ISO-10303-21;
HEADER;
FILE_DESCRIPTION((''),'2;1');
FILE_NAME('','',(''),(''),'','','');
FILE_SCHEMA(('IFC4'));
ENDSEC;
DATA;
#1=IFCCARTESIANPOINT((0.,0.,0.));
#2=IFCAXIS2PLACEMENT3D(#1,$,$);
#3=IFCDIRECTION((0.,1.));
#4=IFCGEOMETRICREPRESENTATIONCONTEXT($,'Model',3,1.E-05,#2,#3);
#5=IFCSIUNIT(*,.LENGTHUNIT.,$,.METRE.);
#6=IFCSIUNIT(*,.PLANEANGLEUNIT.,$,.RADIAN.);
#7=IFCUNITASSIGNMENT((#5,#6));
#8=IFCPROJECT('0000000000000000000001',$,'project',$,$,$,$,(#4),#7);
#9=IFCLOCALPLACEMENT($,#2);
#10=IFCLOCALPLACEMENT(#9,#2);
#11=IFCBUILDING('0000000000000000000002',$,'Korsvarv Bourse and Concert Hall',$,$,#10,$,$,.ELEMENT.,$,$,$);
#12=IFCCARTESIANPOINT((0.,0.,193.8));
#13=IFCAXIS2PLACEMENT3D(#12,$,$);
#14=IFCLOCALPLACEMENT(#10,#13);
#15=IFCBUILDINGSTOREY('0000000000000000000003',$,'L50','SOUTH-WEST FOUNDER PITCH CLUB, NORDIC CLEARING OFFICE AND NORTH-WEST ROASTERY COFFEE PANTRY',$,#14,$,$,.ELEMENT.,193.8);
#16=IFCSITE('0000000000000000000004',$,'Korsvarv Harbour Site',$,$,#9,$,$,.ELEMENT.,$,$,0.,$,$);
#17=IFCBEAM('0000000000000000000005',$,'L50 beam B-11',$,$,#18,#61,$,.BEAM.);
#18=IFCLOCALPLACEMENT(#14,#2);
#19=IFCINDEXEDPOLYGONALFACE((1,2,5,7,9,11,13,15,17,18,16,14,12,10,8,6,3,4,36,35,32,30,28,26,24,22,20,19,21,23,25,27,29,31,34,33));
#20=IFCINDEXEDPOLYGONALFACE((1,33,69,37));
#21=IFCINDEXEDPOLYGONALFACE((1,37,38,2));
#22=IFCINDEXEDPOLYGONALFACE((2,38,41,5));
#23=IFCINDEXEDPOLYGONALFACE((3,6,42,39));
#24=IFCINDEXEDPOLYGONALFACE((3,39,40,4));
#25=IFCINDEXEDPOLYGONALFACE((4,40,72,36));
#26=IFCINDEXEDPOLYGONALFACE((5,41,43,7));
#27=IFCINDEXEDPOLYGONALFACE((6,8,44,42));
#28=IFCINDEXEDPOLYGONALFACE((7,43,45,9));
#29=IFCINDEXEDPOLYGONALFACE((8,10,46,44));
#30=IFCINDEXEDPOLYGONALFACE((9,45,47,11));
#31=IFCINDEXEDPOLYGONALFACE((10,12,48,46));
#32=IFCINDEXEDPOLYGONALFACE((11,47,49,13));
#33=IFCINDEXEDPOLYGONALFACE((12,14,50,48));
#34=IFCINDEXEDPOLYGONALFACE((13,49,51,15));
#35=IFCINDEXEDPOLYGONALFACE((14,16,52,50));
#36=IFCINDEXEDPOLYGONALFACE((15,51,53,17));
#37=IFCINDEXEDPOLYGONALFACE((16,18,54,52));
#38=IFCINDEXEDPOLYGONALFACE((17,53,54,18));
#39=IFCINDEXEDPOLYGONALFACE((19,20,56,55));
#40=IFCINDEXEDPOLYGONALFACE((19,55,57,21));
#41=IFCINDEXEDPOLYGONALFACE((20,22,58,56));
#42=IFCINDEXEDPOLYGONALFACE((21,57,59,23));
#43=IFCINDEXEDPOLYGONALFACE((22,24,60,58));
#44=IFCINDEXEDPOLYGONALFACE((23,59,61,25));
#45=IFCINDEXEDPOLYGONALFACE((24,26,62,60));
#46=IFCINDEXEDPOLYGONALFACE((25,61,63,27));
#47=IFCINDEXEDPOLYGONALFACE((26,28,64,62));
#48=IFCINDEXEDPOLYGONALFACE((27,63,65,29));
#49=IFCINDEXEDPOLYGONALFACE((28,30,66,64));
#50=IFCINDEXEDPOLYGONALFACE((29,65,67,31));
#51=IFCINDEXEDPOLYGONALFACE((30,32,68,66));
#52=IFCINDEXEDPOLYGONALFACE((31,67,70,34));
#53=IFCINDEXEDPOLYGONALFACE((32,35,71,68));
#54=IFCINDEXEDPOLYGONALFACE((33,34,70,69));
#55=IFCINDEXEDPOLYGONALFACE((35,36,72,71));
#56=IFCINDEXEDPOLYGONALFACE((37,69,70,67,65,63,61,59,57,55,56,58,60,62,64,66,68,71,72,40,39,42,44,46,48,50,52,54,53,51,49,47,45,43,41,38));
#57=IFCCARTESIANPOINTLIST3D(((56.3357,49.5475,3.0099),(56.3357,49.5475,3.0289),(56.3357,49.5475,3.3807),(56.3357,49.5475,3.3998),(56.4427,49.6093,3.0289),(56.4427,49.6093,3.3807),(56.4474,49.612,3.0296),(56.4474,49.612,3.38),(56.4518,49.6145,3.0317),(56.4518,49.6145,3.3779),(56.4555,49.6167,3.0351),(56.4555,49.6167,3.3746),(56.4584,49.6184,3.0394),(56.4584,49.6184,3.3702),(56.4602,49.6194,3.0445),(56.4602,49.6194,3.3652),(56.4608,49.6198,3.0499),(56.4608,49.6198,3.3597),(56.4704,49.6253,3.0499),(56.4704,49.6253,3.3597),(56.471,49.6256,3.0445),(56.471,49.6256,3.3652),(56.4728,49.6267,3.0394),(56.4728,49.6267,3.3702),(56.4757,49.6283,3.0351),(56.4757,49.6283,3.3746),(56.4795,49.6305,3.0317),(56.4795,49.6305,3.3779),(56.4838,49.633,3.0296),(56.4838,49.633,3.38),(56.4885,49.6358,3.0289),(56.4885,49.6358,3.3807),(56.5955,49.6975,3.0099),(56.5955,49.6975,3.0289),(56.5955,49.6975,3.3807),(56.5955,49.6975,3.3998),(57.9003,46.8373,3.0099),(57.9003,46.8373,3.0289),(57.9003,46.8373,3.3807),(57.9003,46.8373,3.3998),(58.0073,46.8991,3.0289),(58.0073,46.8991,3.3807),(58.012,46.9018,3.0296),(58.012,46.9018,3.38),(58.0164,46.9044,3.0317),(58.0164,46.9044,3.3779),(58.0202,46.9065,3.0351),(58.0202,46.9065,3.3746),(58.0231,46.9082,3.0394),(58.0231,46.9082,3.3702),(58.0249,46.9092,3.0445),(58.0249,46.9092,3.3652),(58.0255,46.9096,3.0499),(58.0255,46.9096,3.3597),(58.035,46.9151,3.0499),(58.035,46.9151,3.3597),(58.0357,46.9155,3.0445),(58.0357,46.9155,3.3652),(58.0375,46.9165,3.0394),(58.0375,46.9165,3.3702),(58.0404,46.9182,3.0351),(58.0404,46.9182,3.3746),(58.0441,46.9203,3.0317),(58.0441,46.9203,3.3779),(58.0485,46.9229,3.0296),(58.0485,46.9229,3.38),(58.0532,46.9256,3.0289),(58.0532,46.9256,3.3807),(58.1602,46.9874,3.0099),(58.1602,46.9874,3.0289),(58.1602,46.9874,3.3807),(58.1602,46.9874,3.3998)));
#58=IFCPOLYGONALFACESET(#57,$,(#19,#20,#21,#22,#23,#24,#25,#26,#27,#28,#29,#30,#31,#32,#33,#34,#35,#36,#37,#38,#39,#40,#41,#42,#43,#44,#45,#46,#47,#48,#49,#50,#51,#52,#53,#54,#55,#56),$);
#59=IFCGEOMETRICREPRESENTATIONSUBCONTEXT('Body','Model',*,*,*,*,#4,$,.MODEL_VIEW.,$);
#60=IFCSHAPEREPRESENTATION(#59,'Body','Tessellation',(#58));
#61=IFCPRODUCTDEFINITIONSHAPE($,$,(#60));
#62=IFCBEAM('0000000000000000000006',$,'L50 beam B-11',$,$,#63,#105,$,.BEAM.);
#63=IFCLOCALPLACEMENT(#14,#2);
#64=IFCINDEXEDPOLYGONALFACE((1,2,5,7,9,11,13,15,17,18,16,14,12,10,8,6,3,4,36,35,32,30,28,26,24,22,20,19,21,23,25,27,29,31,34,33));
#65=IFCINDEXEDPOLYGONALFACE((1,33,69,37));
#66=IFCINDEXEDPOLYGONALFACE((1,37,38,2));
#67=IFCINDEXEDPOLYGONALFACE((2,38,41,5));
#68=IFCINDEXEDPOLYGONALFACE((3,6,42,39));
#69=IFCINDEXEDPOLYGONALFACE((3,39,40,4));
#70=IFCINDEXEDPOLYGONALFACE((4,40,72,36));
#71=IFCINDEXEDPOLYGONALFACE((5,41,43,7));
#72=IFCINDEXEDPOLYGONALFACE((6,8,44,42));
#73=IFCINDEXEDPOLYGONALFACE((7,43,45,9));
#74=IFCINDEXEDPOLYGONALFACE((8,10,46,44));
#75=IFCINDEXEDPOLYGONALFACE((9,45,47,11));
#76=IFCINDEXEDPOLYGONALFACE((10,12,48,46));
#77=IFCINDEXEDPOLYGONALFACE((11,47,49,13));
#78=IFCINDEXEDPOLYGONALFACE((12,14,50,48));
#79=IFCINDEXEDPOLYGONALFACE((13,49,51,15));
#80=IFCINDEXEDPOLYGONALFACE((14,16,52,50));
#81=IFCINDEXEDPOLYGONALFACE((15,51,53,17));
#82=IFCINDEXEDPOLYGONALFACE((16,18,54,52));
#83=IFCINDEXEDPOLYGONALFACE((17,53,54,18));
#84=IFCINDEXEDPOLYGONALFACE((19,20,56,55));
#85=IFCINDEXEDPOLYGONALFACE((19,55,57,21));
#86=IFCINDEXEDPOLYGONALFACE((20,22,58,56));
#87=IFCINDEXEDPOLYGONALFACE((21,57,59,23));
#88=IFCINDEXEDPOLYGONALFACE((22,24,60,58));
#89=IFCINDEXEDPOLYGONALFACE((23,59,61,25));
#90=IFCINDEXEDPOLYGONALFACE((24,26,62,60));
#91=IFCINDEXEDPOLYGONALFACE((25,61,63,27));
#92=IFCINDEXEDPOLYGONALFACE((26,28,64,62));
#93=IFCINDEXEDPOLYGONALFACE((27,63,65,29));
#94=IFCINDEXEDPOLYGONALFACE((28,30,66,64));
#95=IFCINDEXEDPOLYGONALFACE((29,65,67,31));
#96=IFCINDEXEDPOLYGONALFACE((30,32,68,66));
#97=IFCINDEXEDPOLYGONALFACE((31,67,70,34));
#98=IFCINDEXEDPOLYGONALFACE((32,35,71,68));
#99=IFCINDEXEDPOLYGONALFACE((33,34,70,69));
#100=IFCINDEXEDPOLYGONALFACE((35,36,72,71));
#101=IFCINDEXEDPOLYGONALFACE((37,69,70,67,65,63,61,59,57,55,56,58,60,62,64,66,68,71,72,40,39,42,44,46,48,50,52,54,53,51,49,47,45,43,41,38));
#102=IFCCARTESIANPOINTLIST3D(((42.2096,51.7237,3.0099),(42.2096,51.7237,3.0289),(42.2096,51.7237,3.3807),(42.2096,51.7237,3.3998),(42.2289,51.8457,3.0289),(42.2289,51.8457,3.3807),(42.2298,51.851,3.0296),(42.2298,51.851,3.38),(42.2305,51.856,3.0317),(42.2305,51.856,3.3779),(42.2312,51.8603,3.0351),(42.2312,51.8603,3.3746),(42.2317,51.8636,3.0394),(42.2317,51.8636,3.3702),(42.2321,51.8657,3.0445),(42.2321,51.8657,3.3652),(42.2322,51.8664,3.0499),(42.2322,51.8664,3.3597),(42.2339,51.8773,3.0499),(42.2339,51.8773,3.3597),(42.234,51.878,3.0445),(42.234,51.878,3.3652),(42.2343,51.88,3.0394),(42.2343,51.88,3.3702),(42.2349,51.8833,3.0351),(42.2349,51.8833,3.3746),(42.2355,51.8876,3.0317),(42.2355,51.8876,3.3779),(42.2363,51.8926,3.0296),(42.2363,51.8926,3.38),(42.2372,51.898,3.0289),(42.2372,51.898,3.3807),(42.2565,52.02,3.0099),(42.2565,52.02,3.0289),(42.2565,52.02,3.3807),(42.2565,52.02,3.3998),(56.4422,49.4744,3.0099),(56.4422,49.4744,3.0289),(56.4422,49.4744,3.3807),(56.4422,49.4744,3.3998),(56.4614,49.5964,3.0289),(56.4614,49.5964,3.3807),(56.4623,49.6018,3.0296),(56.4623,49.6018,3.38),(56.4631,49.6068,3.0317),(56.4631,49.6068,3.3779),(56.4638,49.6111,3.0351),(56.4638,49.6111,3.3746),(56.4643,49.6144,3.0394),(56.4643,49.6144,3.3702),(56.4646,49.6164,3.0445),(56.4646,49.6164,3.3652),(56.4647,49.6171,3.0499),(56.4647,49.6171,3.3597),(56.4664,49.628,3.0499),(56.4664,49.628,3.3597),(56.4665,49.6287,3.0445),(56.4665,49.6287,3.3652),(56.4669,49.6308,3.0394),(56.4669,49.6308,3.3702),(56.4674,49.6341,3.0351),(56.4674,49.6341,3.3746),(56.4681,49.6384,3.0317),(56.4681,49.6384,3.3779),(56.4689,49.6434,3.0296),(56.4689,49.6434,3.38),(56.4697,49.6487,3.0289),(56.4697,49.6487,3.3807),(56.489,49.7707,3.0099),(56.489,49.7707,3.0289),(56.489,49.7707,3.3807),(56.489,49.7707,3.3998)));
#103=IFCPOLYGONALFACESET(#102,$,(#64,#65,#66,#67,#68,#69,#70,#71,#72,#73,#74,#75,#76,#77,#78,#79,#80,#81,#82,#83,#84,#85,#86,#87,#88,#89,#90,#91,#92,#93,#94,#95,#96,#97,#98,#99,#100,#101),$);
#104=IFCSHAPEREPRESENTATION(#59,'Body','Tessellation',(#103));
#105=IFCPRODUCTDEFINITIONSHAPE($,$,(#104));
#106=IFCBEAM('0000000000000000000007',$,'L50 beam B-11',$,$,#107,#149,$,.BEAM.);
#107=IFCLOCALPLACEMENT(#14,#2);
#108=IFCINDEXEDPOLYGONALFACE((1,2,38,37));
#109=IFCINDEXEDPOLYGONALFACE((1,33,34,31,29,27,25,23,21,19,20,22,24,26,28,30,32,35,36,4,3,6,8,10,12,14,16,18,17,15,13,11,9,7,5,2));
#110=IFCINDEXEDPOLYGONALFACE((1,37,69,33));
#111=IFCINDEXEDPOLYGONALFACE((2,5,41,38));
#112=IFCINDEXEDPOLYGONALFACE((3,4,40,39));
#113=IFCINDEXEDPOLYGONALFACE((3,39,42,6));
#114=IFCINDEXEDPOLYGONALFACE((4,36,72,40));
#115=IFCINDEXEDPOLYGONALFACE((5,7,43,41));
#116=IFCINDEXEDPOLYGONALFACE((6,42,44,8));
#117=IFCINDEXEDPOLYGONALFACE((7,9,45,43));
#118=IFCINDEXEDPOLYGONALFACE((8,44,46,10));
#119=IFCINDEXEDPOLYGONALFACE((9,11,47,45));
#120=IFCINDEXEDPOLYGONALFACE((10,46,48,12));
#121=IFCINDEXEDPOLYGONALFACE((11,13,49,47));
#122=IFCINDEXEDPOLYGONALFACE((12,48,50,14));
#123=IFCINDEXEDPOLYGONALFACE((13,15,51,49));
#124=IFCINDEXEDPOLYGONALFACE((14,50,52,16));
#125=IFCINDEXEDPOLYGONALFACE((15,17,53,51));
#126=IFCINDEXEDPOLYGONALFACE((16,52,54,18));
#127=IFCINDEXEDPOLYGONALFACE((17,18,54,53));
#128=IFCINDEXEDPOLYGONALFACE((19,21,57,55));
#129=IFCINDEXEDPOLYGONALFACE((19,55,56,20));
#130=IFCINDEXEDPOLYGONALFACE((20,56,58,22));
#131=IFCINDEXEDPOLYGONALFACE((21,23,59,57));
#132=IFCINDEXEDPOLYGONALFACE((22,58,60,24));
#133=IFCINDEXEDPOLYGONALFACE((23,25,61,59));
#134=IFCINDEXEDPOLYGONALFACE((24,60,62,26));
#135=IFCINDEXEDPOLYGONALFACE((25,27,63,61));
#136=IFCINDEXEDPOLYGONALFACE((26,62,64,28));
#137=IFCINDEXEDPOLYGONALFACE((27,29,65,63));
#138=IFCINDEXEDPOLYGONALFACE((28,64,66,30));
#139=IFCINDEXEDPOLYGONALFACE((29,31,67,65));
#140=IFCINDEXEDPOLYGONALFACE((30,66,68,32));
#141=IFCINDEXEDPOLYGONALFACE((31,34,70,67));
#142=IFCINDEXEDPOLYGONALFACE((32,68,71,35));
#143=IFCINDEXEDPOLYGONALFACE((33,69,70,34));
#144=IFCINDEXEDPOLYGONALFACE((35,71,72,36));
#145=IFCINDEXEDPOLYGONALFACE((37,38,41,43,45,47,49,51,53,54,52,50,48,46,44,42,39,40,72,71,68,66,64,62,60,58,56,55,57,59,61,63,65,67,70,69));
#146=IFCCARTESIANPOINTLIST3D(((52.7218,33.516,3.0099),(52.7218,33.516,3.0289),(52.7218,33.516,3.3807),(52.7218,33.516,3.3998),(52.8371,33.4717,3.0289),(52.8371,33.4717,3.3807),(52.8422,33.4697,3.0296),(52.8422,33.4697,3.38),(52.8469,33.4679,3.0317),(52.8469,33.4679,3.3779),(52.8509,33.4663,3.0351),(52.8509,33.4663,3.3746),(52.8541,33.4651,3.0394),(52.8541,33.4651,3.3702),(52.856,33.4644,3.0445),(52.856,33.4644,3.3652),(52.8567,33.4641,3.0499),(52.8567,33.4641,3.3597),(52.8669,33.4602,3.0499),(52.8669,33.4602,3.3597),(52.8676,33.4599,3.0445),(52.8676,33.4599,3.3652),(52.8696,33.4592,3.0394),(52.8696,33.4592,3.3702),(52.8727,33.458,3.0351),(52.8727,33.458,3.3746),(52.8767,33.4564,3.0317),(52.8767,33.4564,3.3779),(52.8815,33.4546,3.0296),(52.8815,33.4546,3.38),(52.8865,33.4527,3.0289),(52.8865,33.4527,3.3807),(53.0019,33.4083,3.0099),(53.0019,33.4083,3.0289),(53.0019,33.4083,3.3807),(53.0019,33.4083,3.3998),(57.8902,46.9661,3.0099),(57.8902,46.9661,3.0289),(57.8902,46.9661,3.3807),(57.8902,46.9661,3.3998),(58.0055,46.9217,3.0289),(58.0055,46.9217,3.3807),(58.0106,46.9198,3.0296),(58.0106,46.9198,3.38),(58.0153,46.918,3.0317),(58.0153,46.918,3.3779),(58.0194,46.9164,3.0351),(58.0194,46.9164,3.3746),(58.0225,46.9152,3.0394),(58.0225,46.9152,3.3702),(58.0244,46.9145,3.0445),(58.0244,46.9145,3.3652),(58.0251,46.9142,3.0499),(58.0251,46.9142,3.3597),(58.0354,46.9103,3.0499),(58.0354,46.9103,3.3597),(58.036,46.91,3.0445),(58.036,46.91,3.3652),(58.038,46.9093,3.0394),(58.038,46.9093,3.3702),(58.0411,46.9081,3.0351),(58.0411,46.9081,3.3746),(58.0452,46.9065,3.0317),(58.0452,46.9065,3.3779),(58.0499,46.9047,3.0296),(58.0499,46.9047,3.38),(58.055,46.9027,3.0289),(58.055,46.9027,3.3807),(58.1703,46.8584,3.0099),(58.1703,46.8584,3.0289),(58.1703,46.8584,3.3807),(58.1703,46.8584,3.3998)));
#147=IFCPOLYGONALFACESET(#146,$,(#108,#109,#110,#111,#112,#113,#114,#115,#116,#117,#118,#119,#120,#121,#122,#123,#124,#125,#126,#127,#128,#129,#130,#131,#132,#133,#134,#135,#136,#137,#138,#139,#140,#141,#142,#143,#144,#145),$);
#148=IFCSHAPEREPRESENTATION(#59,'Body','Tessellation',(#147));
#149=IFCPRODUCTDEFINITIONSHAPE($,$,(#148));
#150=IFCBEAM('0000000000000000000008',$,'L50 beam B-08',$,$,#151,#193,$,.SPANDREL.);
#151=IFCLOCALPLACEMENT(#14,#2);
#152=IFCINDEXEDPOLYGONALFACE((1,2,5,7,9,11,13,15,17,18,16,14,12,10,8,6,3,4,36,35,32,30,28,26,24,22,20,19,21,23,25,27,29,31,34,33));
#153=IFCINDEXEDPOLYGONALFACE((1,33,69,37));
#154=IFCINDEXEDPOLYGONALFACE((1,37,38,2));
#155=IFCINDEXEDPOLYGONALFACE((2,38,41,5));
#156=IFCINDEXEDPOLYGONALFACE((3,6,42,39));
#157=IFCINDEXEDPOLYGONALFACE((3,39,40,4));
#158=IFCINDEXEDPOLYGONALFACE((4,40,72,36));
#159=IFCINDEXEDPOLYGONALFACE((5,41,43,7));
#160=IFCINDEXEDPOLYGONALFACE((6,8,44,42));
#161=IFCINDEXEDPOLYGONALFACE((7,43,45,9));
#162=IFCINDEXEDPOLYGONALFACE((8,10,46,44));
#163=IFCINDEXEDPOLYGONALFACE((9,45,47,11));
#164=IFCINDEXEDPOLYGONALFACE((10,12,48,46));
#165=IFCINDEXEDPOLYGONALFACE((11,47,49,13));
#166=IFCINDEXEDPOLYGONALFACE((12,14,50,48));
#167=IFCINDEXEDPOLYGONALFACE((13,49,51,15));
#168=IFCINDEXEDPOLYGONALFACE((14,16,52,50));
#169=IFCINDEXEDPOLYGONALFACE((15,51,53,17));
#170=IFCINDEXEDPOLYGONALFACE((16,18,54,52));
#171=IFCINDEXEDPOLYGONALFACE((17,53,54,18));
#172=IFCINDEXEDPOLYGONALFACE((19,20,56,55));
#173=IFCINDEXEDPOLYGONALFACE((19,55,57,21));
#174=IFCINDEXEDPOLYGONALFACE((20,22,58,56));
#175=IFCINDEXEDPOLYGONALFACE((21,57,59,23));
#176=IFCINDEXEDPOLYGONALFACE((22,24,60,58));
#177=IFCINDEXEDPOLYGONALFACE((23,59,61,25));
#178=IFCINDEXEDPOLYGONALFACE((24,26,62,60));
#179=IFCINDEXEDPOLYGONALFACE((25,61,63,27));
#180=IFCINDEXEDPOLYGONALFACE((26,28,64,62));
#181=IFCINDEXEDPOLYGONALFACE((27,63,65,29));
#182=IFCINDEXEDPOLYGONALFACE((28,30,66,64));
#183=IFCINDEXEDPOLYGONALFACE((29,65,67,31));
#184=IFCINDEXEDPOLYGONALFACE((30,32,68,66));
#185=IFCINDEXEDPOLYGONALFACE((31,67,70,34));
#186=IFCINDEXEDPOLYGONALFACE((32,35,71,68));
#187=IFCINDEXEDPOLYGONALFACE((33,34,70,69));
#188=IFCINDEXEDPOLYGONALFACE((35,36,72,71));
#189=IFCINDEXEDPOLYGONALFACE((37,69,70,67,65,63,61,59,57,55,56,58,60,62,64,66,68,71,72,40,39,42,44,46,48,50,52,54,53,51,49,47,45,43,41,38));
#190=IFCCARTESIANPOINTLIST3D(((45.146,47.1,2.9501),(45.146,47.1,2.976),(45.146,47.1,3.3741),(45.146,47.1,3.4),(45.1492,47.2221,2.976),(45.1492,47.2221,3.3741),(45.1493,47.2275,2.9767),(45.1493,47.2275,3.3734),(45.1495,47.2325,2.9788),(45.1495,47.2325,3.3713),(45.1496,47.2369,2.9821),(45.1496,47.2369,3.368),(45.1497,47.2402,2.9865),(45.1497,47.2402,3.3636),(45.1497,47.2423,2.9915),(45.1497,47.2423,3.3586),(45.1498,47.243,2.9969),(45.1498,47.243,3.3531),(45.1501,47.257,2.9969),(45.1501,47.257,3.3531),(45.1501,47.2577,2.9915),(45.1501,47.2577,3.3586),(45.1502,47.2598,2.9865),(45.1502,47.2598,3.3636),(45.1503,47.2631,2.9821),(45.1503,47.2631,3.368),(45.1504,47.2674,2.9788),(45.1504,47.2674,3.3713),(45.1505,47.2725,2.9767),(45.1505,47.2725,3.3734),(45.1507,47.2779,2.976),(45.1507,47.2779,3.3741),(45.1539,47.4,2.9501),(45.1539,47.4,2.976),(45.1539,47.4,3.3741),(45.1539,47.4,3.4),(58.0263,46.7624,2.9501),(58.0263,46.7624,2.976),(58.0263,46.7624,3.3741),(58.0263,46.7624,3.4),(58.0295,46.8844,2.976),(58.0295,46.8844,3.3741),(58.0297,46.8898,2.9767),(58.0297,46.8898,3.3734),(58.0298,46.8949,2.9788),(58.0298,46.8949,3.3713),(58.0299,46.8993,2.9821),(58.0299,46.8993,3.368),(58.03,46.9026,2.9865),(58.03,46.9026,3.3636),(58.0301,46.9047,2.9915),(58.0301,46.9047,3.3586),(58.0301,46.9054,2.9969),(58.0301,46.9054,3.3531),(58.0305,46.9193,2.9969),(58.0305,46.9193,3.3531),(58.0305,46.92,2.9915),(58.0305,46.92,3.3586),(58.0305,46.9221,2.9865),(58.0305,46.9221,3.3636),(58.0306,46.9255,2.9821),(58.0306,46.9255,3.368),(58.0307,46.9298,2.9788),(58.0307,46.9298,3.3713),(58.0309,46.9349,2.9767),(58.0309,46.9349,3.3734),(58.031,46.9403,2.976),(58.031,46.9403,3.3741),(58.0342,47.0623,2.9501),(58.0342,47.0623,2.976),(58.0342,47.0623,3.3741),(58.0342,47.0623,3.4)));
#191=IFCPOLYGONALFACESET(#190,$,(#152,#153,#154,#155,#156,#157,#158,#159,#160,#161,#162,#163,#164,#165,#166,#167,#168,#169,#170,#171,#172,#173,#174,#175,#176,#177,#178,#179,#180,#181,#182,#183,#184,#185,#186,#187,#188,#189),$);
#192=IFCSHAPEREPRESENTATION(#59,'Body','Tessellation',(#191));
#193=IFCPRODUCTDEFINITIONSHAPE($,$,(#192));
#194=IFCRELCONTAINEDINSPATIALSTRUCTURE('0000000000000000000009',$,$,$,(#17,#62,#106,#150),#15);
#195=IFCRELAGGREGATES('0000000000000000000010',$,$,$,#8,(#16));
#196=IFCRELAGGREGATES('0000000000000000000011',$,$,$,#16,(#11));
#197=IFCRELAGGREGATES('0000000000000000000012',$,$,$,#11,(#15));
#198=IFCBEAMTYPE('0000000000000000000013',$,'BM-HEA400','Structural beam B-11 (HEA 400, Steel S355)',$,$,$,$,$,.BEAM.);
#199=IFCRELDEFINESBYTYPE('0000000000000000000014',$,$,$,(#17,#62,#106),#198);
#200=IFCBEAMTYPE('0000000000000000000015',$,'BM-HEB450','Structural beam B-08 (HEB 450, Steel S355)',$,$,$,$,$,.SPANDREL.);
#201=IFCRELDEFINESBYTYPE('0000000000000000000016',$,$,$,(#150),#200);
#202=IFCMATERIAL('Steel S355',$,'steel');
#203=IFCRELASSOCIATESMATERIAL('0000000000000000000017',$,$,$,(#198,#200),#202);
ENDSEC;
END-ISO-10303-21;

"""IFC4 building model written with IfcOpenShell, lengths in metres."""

from ifc_helpers import new_model, si_unit, direction, frame, origin, origin_2d, place, context, subcontext, project, spatial, i_section, extrude, source, transform, mapped, material, material_profile, profile_set, type_object, element, save


model = new_model("IFC4")

# Units and contexts
model_context = context("Model", 3, precision=1e-05, world=origin(), true_north=direction((0.0, 1.0)))
body_context = subcontext(model_context, "Body", "Model", "MODEL_VIEW")
ifc_project = project(units=[si_unit("LENGTHUNIT", "METRE"), si_unit("PLANEANGLEUNIT", "RADIAN")], contexts=[model_context])

# Site, building, storey
site_placement = place(None, origin())
site = spatial("IfcSite", under=ifc_project, at=site_placement, Name="Korsvarv Harbour Site", CompositionType="ELEMENT", RefElevation=0.0)
building_placement = place(site_placement, origin())
building = spatial("IfcBuilding", under=site, at=building_placement, Name="Korsvarv Bourse and Concert Hall", CompositionType="ELEMENT")
storey_placement = place(building_placement, frame((0.0, 0.0, 193.8)))
storey = spatial("IfcBuildingStorey", under=building, at=storey_placement, Name="L50", Description="SOUTH-WEST FOUNDER PITCH CLUB, NORDIC CLEARING OFFICE AND NORTH-WEST ROASTERY COFFEE PANTRY", CompositionType="ELEMENT", Elevation=193.8)

# Shared definitions
ifc_material_1 = material(Name="Steel S355", Category="steel")

# Beams
ifc_material_profile_1 = material_profile(ifc_material_1, i_section(OverallWidth=0.3, OverallDepth=0.3899, WebThickness=0.011, FlangeThickness=0.019, FilletRadius=0.021, at=origin_2d()), Name="HEA 400")
ifc_profile_set_1 = profile_set([ifc_material_profile_1], Name="Steel S355")
beam_type_1 = type_object("IfcBeamType", Name="BM-HEA400", Description="Structural beam B-11 (HEA 400, Steel S355)", PredefinedType="BEAM", material=ifc_profile_set_1)
shared_shape_1 = source(origin(), body_context, "Body", "SweptSolid", [
    extrude(i_section(OverallWidth=0.3, OverallDepth=0.3899, WebThickness=0.011, FlangeThickness=0.019, FilletRadius=0.021, at=origin_2d()), origin(), (0.0, 0.0, 1.0), 3.1294),
])
beam_1_placement = place(storey_placement, frame((58.0303, 46.9124, 3.2048), z_axis=(-0.49999, 0.866031, 0.0), x_axis=(-0.866031, -0.49999, 0.0)))
element("IfcBeam", 1, at=beam_1_placement, inside=storey, type_object=beam_type_1, Name="L50 beam B-11", PredefinedType="BEAM", context=body_context, shape_type="MappedRepresentation", body=[
    mapped(shared_shape_1, transform((0.0, 0.0, 0.0), scale=1.0)),
])
shared_shape_2 = source(origin(), body_context, "Body", "SweptSolid", [
    extrude(i_section(OverallWidth=0.3, OverallDepth=0.3899, WebThickness=0.011, FlangeThickness=0.019, FilletRadius=0.021, at=origin_2d()), origin(), (0.0, 0.0, 1.0), 14.4092),
])
beam_2_placement = place(storey_placement, frame((56.4656, 49.6226, 3.2048), z_axis=(-0.987741, 0.156101, 0.0), x_axis=(-0.156101, -0.987741, 0.0)))
element("IfcBeam", 2, at=beam_2_placement, inside=storey, type_object=beam_type_1, Name="L50 beam B-11", PredefinedType="BEAM", context=body_context, shape_type="MappedRepresentation", body=[
    mapped(shared_shape_2, transform((0.0, 0.0, 0.0), scale=1.0)),
])
shared_shape_3 = source(origin(), body_context, "Body", "SweptSolid", [
    extrude(i_section(OverallWidth=0.3, OverallDepth=0.3899, WebThickness=0.011, FlangeThickness=0.019, FilletRadius=0.021, at=origin_2d()), origin(), (0.0, 0.0, 1.0), 14.4089),
])
beam_3_placement = place(storey_placement, frame((52.8618, 33.4622, 3.2048), z_axis=(0.358695, 0.933455, 0.0), x_axis=(-0.933455, 0.358695, 0.0)))
element("IfcBeam", 3, at=beam_3_placement, inside=storey, type_object=beam_type_1, Name="L50 beam B-11", PredefinedType="BEAM", context=body_context, shape_type="MappedRepresentation", body=[
    mapped(shared_shape_3, transform((0.0, 0.0, 0.0), scale=1.0)),
])
ifc_material_profile_2 = material_profile(ifc_material_1, i_section(OverallWidth=0.3, OverallDepth=0.45, WebThickness=0.0139, FlangeThickness=0.0259, FilletRadius=0.021, at=origin_2d()), Name="HEB 450")
ifc_profile_set_2 = profile_set([ifc_material_profile_2], Name="Steel S355")
beam_type_2 = type_object("IfcBeamType", Name="BM-HEB450", Description="Structural beam B-08 (HEB 450, Steel S355)", PredefinedType="SPANDREL", material=ifc_profile_set_2)
shared_shape_4 = source(origin(), body_context, "Body", "SweptSolid", [
    extrude(i_section(OverallWidth=0.3, OverallDepth=0.45, WebThickness=0.0139, FlangeThickness=0.0259, FilletRadius=0.021, at=origin_2d()), origin(), (0.0, 0.0, 1.0), 12.8848),
])
beam_4_placement = place(storey_placement, frame((58.0303, 46.9124, 3.175), z_axis=(-0.999657, 0.026205, 0.0), x_axis=(-0.026205, -0.999657, 0.0)))
element("IfcBeam", 4, at=beam_4_placement, inside=storey, type_object=beam_type_2, Name="L50 beam B-08", PredefinedType="SPANDREL", context=body_context, shape_type="MappedRepresentation", body=[
    mapped(shared_shape_4, transform((0.0, 0.0, 0.0), scale=1.0)),
])

save(model, "model.ifc")
